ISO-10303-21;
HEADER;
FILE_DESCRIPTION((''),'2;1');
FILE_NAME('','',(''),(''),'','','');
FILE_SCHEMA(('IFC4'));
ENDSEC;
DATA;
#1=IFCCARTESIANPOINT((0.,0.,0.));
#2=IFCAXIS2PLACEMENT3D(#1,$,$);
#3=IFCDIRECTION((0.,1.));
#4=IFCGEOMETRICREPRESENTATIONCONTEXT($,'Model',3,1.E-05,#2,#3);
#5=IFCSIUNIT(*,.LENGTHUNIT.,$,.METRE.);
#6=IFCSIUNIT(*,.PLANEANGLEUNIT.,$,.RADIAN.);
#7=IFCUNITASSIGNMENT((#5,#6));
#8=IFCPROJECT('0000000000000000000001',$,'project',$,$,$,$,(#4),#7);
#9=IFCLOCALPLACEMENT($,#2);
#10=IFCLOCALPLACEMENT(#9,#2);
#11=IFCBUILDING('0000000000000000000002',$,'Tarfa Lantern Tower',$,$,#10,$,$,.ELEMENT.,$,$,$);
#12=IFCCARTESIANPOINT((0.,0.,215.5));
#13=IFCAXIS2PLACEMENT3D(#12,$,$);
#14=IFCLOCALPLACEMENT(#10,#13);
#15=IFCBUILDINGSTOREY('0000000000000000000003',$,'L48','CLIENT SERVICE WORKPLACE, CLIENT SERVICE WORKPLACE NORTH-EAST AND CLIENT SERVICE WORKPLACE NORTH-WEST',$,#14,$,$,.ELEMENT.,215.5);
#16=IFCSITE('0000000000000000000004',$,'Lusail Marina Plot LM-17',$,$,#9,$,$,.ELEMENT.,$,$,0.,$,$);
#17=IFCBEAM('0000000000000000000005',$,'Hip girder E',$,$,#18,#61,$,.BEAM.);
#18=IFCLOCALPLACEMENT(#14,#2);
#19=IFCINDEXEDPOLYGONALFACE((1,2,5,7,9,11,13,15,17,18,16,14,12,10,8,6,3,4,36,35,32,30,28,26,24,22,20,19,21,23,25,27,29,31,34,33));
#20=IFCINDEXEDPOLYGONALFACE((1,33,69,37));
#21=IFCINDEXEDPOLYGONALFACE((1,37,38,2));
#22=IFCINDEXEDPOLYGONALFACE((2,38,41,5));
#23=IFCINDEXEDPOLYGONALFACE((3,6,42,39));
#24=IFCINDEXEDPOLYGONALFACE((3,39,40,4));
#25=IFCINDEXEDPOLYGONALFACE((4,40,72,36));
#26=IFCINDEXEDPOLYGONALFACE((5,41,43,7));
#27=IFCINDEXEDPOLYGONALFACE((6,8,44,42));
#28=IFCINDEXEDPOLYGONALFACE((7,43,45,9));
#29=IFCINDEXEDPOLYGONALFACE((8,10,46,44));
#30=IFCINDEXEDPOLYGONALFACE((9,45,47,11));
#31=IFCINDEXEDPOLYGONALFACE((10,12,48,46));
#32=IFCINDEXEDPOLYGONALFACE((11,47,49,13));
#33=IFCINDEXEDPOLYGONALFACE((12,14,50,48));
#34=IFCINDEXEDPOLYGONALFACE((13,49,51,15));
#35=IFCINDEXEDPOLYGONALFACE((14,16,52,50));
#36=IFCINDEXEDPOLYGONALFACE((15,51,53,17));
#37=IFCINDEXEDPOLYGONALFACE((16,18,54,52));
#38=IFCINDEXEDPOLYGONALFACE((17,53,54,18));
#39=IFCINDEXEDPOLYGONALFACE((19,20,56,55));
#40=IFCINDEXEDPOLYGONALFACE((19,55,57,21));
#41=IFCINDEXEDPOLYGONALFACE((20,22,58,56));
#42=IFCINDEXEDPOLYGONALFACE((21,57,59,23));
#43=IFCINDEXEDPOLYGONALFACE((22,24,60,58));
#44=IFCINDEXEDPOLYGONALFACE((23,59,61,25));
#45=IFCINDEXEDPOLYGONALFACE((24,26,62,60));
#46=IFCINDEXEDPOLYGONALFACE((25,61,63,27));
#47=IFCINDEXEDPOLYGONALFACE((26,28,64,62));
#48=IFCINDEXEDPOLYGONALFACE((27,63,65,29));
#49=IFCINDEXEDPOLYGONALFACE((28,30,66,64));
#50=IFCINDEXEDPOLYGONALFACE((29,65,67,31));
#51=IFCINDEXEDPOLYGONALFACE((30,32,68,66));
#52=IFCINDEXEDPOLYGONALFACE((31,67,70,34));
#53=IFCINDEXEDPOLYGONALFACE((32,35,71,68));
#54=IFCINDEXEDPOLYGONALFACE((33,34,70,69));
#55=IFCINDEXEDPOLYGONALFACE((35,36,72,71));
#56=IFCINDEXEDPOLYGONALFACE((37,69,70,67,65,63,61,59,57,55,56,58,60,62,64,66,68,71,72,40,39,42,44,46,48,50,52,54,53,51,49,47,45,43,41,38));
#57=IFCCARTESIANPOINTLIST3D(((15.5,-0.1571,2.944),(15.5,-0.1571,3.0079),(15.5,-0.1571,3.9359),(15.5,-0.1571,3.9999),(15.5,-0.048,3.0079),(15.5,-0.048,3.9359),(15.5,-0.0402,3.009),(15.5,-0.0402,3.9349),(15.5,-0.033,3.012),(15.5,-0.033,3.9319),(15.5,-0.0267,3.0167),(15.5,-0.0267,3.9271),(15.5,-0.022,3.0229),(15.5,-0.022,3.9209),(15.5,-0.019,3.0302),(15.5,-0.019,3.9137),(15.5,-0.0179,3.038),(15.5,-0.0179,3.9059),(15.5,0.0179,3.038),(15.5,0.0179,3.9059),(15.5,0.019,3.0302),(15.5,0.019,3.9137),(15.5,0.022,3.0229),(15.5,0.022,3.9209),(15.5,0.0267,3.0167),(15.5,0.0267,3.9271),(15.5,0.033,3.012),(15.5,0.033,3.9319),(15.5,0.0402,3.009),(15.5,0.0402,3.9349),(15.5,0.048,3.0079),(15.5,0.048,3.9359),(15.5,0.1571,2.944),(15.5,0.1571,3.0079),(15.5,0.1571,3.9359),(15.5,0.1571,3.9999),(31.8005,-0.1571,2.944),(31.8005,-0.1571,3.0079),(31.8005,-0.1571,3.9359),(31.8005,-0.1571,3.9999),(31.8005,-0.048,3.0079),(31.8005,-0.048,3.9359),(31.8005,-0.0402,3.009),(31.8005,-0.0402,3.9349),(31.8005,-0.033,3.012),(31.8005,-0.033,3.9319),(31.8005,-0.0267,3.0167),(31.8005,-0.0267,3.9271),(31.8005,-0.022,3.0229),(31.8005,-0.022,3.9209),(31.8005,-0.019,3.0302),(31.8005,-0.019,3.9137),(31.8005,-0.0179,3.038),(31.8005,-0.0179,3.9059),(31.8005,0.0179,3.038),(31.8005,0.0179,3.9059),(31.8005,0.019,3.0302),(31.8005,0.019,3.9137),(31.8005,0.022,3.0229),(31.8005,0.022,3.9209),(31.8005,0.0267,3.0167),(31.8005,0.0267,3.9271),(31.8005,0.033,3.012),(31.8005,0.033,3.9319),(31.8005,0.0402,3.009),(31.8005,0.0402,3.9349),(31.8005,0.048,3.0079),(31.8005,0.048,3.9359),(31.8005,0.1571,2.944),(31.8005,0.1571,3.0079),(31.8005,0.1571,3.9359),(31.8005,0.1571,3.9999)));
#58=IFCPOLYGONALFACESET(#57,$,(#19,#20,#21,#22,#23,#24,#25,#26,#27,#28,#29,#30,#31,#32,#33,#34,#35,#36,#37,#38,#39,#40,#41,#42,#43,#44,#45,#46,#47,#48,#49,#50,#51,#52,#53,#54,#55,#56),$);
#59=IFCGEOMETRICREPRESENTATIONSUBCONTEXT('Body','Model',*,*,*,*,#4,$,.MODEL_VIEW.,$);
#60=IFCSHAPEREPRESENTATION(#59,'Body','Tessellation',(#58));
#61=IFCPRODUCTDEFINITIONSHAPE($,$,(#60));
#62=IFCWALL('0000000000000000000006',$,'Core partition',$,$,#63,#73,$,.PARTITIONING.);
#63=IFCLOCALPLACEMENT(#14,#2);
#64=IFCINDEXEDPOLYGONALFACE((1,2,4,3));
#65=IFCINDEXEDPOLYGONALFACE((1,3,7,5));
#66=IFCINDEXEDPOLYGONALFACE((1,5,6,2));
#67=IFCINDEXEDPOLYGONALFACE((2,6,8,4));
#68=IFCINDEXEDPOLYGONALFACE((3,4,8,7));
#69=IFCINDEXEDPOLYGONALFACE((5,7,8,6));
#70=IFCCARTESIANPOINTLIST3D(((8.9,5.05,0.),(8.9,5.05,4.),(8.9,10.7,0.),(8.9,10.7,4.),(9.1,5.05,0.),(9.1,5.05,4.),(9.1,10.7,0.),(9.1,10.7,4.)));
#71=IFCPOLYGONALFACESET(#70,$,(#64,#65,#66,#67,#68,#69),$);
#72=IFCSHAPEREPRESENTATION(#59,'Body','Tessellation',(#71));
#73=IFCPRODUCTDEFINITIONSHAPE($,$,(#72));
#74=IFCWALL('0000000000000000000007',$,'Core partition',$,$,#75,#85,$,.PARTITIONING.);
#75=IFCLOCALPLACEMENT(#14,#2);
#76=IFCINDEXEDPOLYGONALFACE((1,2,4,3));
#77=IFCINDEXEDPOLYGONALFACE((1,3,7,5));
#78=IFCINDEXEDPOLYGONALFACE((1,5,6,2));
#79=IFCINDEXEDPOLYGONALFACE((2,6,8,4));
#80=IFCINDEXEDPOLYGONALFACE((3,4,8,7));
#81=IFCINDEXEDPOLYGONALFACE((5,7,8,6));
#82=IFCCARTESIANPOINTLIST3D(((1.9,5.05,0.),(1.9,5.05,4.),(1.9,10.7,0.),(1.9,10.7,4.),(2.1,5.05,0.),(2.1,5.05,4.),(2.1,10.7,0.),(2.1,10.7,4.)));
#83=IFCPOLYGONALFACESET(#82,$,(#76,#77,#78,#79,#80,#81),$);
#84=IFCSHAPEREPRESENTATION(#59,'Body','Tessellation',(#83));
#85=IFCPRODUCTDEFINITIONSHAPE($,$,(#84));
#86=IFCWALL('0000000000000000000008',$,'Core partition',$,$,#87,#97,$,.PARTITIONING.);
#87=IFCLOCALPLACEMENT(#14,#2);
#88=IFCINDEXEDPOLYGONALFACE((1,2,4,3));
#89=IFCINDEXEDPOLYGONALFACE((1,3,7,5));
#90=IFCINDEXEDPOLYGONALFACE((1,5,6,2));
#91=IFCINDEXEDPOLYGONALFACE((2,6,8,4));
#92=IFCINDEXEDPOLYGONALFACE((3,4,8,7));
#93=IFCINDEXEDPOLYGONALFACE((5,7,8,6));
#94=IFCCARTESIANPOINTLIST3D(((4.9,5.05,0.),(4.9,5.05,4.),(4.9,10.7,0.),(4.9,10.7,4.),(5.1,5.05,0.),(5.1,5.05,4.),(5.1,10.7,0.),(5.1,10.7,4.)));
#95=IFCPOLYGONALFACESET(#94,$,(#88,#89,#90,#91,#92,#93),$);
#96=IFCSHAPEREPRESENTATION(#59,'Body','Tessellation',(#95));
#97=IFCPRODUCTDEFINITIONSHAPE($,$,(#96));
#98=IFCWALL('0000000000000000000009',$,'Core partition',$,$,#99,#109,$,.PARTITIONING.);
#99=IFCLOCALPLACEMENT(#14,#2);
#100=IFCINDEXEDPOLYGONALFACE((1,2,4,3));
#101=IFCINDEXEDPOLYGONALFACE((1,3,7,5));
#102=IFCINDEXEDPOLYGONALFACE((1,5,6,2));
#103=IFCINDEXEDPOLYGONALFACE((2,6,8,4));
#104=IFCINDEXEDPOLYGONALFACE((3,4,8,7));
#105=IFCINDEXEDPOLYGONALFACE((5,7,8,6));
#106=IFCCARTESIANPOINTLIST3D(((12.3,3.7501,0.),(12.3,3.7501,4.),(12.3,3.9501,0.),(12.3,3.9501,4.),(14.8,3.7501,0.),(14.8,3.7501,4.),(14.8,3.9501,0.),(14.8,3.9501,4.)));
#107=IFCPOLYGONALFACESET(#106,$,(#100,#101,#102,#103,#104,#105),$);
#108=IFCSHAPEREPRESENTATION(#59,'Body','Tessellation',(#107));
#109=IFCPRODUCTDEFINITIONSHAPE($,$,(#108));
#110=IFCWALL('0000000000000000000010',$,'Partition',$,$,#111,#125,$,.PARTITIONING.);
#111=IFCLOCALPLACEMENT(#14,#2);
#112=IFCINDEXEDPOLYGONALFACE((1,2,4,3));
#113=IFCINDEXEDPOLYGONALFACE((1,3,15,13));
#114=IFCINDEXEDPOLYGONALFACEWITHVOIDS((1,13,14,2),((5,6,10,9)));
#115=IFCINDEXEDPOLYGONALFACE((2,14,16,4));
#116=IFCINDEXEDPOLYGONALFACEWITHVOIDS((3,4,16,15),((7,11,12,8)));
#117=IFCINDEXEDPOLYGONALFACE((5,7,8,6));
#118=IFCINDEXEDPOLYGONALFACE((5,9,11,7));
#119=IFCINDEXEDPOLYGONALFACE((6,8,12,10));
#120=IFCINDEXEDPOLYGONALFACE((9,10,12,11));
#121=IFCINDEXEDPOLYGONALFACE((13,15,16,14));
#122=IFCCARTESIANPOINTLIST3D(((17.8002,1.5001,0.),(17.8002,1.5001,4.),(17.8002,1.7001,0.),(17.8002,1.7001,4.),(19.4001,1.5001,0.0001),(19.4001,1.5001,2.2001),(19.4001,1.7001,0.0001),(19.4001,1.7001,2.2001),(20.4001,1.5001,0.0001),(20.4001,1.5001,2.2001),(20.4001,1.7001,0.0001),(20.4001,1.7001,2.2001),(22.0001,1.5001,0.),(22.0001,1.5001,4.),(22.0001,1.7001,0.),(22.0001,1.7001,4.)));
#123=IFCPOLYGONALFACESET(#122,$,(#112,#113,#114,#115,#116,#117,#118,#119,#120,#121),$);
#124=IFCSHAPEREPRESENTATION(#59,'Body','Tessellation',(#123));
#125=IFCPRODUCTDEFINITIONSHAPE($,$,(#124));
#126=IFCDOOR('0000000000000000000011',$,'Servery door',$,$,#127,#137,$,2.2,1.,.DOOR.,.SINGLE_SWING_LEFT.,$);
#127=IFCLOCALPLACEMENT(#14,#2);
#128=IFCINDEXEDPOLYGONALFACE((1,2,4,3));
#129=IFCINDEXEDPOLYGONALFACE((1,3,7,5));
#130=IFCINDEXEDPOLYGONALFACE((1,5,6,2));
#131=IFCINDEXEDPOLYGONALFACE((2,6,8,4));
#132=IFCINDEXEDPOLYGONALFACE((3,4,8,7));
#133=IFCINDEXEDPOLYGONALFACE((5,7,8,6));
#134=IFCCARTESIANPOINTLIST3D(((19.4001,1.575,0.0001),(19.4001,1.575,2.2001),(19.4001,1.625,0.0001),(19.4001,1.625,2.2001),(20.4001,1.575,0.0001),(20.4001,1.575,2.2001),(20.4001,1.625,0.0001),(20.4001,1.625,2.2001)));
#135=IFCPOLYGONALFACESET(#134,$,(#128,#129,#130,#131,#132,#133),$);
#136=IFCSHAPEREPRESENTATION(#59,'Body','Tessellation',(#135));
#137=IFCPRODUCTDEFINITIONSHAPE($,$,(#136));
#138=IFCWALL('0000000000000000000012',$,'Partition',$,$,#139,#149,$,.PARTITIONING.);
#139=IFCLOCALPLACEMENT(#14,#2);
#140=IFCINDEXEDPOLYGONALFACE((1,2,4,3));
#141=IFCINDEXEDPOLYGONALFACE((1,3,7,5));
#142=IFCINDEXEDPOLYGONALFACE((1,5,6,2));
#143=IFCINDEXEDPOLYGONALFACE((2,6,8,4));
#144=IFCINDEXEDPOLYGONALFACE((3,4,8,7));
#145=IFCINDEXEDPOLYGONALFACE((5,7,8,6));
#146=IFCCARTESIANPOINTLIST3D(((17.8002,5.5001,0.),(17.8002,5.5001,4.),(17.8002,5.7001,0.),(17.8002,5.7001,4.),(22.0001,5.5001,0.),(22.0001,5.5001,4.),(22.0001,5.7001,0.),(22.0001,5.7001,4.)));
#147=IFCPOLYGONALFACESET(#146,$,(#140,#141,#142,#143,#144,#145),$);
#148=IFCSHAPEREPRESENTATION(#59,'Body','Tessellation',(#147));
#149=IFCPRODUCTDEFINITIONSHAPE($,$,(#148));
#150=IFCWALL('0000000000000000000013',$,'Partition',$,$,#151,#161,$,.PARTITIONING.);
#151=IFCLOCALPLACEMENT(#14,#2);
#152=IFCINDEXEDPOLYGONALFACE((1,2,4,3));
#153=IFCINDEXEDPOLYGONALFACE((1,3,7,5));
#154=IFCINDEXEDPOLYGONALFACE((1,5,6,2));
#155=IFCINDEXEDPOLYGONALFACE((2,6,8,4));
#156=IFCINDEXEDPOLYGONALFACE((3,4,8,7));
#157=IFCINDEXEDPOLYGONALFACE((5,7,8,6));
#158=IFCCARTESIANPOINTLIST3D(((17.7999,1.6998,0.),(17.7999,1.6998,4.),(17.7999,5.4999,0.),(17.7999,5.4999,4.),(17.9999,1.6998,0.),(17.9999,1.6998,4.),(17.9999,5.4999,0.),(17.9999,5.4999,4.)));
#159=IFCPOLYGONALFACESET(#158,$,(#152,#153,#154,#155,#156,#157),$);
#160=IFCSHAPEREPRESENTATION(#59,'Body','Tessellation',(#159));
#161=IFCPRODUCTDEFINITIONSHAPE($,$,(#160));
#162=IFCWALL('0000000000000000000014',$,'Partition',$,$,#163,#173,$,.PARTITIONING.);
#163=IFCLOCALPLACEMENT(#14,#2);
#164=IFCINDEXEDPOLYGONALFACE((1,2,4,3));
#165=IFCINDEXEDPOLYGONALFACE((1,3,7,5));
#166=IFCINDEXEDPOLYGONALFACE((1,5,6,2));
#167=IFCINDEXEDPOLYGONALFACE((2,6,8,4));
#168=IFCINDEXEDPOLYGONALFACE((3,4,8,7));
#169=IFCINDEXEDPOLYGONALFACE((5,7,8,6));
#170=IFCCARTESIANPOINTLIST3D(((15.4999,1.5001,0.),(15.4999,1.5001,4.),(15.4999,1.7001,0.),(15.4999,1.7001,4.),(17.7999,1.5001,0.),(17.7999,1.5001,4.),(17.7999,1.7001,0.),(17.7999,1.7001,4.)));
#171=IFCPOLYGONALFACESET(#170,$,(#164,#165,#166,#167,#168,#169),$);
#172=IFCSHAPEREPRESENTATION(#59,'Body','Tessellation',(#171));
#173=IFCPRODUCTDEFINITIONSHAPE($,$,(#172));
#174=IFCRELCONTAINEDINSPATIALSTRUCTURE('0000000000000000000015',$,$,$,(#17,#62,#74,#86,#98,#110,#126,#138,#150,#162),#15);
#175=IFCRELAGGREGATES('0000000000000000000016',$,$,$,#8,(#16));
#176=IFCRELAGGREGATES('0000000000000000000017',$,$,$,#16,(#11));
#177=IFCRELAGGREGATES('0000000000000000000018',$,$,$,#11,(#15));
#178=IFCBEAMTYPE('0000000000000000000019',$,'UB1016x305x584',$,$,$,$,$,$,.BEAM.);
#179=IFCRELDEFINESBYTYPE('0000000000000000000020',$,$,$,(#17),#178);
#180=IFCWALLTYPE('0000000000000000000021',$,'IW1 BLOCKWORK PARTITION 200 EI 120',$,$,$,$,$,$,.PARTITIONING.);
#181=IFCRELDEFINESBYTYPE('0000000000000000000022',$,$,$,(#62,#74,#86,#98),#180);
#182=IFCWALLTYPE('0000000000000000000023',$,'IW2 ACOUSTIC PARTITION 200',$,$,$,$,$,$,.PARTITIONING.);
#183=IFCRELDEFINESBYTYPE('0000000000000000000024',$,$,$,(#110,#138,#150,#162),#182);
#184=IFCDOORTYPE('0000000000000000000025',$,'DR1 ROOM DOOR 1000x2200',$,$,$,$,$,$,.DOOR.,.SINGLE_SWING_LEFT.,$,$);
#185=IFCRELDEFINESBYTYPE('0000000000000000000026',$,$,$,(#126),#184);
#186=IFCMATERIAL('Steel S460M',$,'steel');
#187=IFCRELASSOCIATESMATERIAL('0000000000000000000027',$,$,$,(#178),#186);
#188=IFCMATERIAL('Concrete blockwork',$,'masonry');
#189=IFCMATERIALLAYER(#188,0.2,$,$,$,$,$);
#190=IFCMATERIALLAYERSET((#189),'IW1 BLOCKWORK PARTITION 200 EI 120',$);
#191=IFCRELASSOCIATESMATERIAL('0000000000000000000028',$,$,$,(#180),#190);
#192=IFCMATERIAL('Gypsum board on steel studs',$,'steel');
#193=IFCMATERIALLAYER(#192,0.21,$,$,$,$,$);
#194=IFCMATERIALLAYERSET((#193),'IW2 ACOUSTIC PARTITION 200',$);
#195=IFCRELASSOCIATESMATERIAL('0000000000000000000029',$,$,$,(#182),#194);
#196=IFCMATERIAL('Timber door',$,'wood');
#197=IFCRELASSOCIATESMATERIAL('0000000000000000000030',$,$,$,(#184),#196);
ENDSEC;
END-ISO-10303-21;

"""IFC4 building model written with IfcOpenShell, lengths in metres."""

from ifc_helpers import new_model, si_unit, direction, frame, frame_2d, origin, origin_2d, place, context, subcontext, project, spatial, rectangle, i_section, extrude, material, layer, layer_set, material_profile, profile_set, type_object, element, fill, save


model = new_model("IFC4")

# Units and contexts
model_context = context("Model", 3, precision=1e-05, world=origin(), true_north=direction((0.0, 1.0)))
body_context = subcontext(model_context, "Body", "Model", "MODEL_VIEW")
ifc_project = project(units=[si_unit("LENGTHUNIT", "METRE"), si_unit("PLANEANGLEUNIT", "RADIAN")], contexts=[model_context])

# Site, building, storey
site_placement = place(None, origin())
site = spatial("IfcSite", under=ifc_project, at=site_placement, Name="Lusail Marina Plot LM-17", CompositionType="ELEMENT", RefElevation=0.0)
building_placement = place(site_placement, origin())
building = spatial("IfcBuilding", under=site, at=building_placement, Name="Tarfa Lantern Tower", CompositionType="ELEMENT")
storey_placement = place(building_placement, frame((0.0, 0.0, 215.5)))
storey = spatial("IfcBuildingStorey", under=building, at=storey_placement, Name="L48", Description="CLIENT SERVICE WORKPLACE, CLIENT SERVICE WORKPLACE NORTH-EAST AND CLIENT SERVICE WORKPLACE NORTH-WEST", CompositionType="ELEMENT", Elevation=215.5)

# Beam
ifc_material_1 = material(Name="Steel S460M", Category="steel")
ifc_material_profile = material_profile(ifc_material_1, i_section(OverallWidth=0.3142, OverallDepth=1.0559, WebThickness=0.0359, FlangeThickness=0.064, FilletRadius=0.03, at=origin_2d()), Name="UB1016x305x584")
ifc_profile_set = profile_set([ifc_material_profile], Name="Steel S460M")
beam_type = type_object("IfcBeamType", Name="UB1016x305x584", PredefinedType="BEAM", material=ifc_profile_set)
beam_placement = place(storey_placement, frame((15.5, 0.0, 3.4719), z_axis=(1.0, 0.0, 0.0), x_axis=(0.0, 1.0, 0.0)))
element("IfcBeam", 1, at=beam_placement, inside=storey, type_object=beam_type, Name="Hip girder E", PredefinedType="BEAM", context=body_context, shape_type="SweptSolid", body=[
    extrude(i_section(OverallWidth=0.3142, OverallDepth=1.0559, WebThickness=0.0359, FlangeThickness=0.064, FilletRadius=0.03, at=origin_2d()), origin(), (0.0, 0.0, 1.0), 16.3005),
])

# Walls
ifc_material_2 = material(Name="Concrete blockwork", Category="masonry")
ifc_layer_1 = layer(ifc_material_2, 0.2)
ifc_layer_set_1 = layer_set([ifc_layer_1], Name="IW1 BLOCKWORK PARTITION 200 EI 120")
wall_type_1 = type_object("IfcWallType", Name="IW1 BLOCKWORK PARTITION 200 EI 120", PredefinedType="PARTITIONING", material=ifc_layer_set_1)
for number, where, z_axis, x_axis, name in (
    (2, (9.0, 5.05, 0.0), (0.0, 0.0, 1.0), (0.0, 1.0, 0.0), "Core partition"),
    (3, (2.0, 5.05, 0.0), (0.0, 0.0, 1.0), (0.0, 1.0, 0.0), "Core partition"),
    (4, (5.0, 5.05, 0.0), (0.0, 0.0, 1.0), (0.0, 1.0, 0.0), "Core partition"),
):
    element("IfcWall", number, at=place(storey_placement, frame(where, z_axis=z_axis, x_axis=x_axis)), inside=storey, type_object=wall_type_1, Name=name, PredefinedType="PARTITIONING", context=body_context, shape_type="SweptSolid", body=[
        extrude(rectangle(XDim=5.6499, YDim=0.2, at=frame_2d((2.825, 0.0))), origin(), (0.0, 0.0, 1.0), 4.0),
    ])
wall_1_placement = place(storey_placement, frame((12.3, 3.8501, 0.0), z_axis=(0.0, 0.0, 1.0), x_axis=(1.0, 0.0, 0.0)))
element("IfcWall", 5, at=wall_1_placement, inside=storey, type_object=wall_type_1, Name="Core partition", PredefinedType="PARTITIONING", context=body_context, shape_type="SweptSolid", body=[
    extrude(rectangle(XDim=2.5, YDim=0.2, at=frame_2d((1.25, 0.0))), origin(), (0.0, 0.0, 1.0), 4.0),
])

# Wall, opening, door
ifc_material_3 = material(Name="Gypsum board on steel studs", Category="steel")
ifc_layer_2 = layer(ifc_material_3, 0.21)
ifc_layer_set_2 = layer_set([ifc_layer_2], Name="IW2 ACOUSTIC PARTITION 200")
wall_type_2 = type_object("IfcWallType", Name="IW2 ACOUSTIC PARTITION 200", PredefinedType="PARTITIONING", material=ifc_layer_set_2)
wall_2_placement = place(storey_placement, frame((17.8, 1.6001, 0.0), z_axis=(0.0, 0.0, 1.0), x_axis=(1.0, 0.0, 0.0)))
wall_2 = element("IfcWall", 6, at=wall_2_placement, inside=storey, type_object=wall_type_2, Name="Partition", PredefinedType="PARTITIONING", context=body_context, shape_type="SweptSolid", body=[
    extrude(rectangle(XDim=4.2, YDim=0.2, at=frame_2d((2.1001, 0.0))), origin(), (0.0, 0.0, 1.0), 4.0),
])
opening_1_placement = place(wall_2_placement, frame((1.6001, 0.0, 0.0)))
opening_1 = element("IfcOpeningElement", 7, at=opening_1_placement, cuts=wall_2, PredefinedType="OPENING", context=body_context, shape_type="SweptSolid", body=[
    extrude(rectangle(XDim=1.0, YDim=2.2, at=frame_2d((0.5, 1.1001))), frame((0.0, 0.1099, 0.0), z_axis=(0.0, -1.0, 0.0), x_axis=(1.0, 0.0, 0.0)), (0.0, 0.0, 1.0), 0.22),
])
ifc_material_4 = material(Name="Timber door", Category="wood")
door_type_1 = type_object("IfcDoorType", Name="DR1 ROOM DOOR 1000x2200", OperationType="SINGLE_SWING_LEFT", PredefinedType="DOOR", material=ifc_material_4)
door_1_placement = place(opening_1_placement, origin())
door_1 = element("IfcDoor", 8, at=door_1_placement, inside=storey, type_object=door_type_1, Name="Servery door", OperationType="SINGLE_SWING_LEFT", OverallHeight=2.2, OverallWidth=1.0, PredefinedType="DOOR", context=body_context, shape_type="SweptSolid", body=[
    extrude(rectangle(XDim=1.0, YDim=2.2, at=frame_2d((0.5, 1.1001))), frame((0.0, 0.0249, 0.0), z_axis=(0.0, -1.0, 0.0), x_axis=(1.0, 0.0, 0.0)), (0.0, 0.0, 1.0), 0.05),
])
fill(opening_1, door_1)

# Walls
wall_3_placement = place(storey_placement, frame((17.8, 5.6001, 0.0), z_axis=(0.0, 0.0, 1.0), x_axis=(1.0, 0.0, 0.0)))
element("IfcWall", 9, at=wall_3_placement, inside=storey, type_object=wall_type_2, Name="Partition", PredefinedType="PARTITIONING", context=body_context, shape_type="SweptSolid", body=[
    extrude(rectangle(XDim=4.2, YDim=0.2, at=frame_2d((2.1001, 0.0))), origin(), (0.0, 0.0, 1.0), 4.0),
])
wall_4_placement = place(storey_placement, frame((17.8999, 1.7, 0.0), z_axis=(0.0, 0.0, 1.0), x_axis=(0.0, 1.0, 0.0)))
element("IfcWall", 10, at=wall_4_placement, inside=storey, type_object=wall_type_2, Name="Partition", PredefinedType="PARTITIONING", context=body_context, shape_type="SweptSolid", body=[
    extrude(rectangle(XDim=3.8, YDim=0.2, at=frame_2d((1.8999, 0.0))), origin(), (0.0, 0.0, 1.0), 4.0),
])
wall_5_placement = place(storey_placement, frame((15.5, 1.6001, 0.0), z_axis=(0.0, 0.0, 1.0), x_axis=(1.0, 0.0, 0.0)))
element("IfcWall", 11, at=wall_5_placement, inside=storey, type_object=wall_type_2, Name="Partition", PredefinedType="PARTITIONING", context=body_context, shape_type="SweptSolid", body=[
    extrude(rectangle(XDim=2.3, YDim=0.2, at=frame_2d((1.1499, 0.0))), origin(), (0.0, 0.0, 1.0), 4.0),
])

save(model, "model.ifc")
